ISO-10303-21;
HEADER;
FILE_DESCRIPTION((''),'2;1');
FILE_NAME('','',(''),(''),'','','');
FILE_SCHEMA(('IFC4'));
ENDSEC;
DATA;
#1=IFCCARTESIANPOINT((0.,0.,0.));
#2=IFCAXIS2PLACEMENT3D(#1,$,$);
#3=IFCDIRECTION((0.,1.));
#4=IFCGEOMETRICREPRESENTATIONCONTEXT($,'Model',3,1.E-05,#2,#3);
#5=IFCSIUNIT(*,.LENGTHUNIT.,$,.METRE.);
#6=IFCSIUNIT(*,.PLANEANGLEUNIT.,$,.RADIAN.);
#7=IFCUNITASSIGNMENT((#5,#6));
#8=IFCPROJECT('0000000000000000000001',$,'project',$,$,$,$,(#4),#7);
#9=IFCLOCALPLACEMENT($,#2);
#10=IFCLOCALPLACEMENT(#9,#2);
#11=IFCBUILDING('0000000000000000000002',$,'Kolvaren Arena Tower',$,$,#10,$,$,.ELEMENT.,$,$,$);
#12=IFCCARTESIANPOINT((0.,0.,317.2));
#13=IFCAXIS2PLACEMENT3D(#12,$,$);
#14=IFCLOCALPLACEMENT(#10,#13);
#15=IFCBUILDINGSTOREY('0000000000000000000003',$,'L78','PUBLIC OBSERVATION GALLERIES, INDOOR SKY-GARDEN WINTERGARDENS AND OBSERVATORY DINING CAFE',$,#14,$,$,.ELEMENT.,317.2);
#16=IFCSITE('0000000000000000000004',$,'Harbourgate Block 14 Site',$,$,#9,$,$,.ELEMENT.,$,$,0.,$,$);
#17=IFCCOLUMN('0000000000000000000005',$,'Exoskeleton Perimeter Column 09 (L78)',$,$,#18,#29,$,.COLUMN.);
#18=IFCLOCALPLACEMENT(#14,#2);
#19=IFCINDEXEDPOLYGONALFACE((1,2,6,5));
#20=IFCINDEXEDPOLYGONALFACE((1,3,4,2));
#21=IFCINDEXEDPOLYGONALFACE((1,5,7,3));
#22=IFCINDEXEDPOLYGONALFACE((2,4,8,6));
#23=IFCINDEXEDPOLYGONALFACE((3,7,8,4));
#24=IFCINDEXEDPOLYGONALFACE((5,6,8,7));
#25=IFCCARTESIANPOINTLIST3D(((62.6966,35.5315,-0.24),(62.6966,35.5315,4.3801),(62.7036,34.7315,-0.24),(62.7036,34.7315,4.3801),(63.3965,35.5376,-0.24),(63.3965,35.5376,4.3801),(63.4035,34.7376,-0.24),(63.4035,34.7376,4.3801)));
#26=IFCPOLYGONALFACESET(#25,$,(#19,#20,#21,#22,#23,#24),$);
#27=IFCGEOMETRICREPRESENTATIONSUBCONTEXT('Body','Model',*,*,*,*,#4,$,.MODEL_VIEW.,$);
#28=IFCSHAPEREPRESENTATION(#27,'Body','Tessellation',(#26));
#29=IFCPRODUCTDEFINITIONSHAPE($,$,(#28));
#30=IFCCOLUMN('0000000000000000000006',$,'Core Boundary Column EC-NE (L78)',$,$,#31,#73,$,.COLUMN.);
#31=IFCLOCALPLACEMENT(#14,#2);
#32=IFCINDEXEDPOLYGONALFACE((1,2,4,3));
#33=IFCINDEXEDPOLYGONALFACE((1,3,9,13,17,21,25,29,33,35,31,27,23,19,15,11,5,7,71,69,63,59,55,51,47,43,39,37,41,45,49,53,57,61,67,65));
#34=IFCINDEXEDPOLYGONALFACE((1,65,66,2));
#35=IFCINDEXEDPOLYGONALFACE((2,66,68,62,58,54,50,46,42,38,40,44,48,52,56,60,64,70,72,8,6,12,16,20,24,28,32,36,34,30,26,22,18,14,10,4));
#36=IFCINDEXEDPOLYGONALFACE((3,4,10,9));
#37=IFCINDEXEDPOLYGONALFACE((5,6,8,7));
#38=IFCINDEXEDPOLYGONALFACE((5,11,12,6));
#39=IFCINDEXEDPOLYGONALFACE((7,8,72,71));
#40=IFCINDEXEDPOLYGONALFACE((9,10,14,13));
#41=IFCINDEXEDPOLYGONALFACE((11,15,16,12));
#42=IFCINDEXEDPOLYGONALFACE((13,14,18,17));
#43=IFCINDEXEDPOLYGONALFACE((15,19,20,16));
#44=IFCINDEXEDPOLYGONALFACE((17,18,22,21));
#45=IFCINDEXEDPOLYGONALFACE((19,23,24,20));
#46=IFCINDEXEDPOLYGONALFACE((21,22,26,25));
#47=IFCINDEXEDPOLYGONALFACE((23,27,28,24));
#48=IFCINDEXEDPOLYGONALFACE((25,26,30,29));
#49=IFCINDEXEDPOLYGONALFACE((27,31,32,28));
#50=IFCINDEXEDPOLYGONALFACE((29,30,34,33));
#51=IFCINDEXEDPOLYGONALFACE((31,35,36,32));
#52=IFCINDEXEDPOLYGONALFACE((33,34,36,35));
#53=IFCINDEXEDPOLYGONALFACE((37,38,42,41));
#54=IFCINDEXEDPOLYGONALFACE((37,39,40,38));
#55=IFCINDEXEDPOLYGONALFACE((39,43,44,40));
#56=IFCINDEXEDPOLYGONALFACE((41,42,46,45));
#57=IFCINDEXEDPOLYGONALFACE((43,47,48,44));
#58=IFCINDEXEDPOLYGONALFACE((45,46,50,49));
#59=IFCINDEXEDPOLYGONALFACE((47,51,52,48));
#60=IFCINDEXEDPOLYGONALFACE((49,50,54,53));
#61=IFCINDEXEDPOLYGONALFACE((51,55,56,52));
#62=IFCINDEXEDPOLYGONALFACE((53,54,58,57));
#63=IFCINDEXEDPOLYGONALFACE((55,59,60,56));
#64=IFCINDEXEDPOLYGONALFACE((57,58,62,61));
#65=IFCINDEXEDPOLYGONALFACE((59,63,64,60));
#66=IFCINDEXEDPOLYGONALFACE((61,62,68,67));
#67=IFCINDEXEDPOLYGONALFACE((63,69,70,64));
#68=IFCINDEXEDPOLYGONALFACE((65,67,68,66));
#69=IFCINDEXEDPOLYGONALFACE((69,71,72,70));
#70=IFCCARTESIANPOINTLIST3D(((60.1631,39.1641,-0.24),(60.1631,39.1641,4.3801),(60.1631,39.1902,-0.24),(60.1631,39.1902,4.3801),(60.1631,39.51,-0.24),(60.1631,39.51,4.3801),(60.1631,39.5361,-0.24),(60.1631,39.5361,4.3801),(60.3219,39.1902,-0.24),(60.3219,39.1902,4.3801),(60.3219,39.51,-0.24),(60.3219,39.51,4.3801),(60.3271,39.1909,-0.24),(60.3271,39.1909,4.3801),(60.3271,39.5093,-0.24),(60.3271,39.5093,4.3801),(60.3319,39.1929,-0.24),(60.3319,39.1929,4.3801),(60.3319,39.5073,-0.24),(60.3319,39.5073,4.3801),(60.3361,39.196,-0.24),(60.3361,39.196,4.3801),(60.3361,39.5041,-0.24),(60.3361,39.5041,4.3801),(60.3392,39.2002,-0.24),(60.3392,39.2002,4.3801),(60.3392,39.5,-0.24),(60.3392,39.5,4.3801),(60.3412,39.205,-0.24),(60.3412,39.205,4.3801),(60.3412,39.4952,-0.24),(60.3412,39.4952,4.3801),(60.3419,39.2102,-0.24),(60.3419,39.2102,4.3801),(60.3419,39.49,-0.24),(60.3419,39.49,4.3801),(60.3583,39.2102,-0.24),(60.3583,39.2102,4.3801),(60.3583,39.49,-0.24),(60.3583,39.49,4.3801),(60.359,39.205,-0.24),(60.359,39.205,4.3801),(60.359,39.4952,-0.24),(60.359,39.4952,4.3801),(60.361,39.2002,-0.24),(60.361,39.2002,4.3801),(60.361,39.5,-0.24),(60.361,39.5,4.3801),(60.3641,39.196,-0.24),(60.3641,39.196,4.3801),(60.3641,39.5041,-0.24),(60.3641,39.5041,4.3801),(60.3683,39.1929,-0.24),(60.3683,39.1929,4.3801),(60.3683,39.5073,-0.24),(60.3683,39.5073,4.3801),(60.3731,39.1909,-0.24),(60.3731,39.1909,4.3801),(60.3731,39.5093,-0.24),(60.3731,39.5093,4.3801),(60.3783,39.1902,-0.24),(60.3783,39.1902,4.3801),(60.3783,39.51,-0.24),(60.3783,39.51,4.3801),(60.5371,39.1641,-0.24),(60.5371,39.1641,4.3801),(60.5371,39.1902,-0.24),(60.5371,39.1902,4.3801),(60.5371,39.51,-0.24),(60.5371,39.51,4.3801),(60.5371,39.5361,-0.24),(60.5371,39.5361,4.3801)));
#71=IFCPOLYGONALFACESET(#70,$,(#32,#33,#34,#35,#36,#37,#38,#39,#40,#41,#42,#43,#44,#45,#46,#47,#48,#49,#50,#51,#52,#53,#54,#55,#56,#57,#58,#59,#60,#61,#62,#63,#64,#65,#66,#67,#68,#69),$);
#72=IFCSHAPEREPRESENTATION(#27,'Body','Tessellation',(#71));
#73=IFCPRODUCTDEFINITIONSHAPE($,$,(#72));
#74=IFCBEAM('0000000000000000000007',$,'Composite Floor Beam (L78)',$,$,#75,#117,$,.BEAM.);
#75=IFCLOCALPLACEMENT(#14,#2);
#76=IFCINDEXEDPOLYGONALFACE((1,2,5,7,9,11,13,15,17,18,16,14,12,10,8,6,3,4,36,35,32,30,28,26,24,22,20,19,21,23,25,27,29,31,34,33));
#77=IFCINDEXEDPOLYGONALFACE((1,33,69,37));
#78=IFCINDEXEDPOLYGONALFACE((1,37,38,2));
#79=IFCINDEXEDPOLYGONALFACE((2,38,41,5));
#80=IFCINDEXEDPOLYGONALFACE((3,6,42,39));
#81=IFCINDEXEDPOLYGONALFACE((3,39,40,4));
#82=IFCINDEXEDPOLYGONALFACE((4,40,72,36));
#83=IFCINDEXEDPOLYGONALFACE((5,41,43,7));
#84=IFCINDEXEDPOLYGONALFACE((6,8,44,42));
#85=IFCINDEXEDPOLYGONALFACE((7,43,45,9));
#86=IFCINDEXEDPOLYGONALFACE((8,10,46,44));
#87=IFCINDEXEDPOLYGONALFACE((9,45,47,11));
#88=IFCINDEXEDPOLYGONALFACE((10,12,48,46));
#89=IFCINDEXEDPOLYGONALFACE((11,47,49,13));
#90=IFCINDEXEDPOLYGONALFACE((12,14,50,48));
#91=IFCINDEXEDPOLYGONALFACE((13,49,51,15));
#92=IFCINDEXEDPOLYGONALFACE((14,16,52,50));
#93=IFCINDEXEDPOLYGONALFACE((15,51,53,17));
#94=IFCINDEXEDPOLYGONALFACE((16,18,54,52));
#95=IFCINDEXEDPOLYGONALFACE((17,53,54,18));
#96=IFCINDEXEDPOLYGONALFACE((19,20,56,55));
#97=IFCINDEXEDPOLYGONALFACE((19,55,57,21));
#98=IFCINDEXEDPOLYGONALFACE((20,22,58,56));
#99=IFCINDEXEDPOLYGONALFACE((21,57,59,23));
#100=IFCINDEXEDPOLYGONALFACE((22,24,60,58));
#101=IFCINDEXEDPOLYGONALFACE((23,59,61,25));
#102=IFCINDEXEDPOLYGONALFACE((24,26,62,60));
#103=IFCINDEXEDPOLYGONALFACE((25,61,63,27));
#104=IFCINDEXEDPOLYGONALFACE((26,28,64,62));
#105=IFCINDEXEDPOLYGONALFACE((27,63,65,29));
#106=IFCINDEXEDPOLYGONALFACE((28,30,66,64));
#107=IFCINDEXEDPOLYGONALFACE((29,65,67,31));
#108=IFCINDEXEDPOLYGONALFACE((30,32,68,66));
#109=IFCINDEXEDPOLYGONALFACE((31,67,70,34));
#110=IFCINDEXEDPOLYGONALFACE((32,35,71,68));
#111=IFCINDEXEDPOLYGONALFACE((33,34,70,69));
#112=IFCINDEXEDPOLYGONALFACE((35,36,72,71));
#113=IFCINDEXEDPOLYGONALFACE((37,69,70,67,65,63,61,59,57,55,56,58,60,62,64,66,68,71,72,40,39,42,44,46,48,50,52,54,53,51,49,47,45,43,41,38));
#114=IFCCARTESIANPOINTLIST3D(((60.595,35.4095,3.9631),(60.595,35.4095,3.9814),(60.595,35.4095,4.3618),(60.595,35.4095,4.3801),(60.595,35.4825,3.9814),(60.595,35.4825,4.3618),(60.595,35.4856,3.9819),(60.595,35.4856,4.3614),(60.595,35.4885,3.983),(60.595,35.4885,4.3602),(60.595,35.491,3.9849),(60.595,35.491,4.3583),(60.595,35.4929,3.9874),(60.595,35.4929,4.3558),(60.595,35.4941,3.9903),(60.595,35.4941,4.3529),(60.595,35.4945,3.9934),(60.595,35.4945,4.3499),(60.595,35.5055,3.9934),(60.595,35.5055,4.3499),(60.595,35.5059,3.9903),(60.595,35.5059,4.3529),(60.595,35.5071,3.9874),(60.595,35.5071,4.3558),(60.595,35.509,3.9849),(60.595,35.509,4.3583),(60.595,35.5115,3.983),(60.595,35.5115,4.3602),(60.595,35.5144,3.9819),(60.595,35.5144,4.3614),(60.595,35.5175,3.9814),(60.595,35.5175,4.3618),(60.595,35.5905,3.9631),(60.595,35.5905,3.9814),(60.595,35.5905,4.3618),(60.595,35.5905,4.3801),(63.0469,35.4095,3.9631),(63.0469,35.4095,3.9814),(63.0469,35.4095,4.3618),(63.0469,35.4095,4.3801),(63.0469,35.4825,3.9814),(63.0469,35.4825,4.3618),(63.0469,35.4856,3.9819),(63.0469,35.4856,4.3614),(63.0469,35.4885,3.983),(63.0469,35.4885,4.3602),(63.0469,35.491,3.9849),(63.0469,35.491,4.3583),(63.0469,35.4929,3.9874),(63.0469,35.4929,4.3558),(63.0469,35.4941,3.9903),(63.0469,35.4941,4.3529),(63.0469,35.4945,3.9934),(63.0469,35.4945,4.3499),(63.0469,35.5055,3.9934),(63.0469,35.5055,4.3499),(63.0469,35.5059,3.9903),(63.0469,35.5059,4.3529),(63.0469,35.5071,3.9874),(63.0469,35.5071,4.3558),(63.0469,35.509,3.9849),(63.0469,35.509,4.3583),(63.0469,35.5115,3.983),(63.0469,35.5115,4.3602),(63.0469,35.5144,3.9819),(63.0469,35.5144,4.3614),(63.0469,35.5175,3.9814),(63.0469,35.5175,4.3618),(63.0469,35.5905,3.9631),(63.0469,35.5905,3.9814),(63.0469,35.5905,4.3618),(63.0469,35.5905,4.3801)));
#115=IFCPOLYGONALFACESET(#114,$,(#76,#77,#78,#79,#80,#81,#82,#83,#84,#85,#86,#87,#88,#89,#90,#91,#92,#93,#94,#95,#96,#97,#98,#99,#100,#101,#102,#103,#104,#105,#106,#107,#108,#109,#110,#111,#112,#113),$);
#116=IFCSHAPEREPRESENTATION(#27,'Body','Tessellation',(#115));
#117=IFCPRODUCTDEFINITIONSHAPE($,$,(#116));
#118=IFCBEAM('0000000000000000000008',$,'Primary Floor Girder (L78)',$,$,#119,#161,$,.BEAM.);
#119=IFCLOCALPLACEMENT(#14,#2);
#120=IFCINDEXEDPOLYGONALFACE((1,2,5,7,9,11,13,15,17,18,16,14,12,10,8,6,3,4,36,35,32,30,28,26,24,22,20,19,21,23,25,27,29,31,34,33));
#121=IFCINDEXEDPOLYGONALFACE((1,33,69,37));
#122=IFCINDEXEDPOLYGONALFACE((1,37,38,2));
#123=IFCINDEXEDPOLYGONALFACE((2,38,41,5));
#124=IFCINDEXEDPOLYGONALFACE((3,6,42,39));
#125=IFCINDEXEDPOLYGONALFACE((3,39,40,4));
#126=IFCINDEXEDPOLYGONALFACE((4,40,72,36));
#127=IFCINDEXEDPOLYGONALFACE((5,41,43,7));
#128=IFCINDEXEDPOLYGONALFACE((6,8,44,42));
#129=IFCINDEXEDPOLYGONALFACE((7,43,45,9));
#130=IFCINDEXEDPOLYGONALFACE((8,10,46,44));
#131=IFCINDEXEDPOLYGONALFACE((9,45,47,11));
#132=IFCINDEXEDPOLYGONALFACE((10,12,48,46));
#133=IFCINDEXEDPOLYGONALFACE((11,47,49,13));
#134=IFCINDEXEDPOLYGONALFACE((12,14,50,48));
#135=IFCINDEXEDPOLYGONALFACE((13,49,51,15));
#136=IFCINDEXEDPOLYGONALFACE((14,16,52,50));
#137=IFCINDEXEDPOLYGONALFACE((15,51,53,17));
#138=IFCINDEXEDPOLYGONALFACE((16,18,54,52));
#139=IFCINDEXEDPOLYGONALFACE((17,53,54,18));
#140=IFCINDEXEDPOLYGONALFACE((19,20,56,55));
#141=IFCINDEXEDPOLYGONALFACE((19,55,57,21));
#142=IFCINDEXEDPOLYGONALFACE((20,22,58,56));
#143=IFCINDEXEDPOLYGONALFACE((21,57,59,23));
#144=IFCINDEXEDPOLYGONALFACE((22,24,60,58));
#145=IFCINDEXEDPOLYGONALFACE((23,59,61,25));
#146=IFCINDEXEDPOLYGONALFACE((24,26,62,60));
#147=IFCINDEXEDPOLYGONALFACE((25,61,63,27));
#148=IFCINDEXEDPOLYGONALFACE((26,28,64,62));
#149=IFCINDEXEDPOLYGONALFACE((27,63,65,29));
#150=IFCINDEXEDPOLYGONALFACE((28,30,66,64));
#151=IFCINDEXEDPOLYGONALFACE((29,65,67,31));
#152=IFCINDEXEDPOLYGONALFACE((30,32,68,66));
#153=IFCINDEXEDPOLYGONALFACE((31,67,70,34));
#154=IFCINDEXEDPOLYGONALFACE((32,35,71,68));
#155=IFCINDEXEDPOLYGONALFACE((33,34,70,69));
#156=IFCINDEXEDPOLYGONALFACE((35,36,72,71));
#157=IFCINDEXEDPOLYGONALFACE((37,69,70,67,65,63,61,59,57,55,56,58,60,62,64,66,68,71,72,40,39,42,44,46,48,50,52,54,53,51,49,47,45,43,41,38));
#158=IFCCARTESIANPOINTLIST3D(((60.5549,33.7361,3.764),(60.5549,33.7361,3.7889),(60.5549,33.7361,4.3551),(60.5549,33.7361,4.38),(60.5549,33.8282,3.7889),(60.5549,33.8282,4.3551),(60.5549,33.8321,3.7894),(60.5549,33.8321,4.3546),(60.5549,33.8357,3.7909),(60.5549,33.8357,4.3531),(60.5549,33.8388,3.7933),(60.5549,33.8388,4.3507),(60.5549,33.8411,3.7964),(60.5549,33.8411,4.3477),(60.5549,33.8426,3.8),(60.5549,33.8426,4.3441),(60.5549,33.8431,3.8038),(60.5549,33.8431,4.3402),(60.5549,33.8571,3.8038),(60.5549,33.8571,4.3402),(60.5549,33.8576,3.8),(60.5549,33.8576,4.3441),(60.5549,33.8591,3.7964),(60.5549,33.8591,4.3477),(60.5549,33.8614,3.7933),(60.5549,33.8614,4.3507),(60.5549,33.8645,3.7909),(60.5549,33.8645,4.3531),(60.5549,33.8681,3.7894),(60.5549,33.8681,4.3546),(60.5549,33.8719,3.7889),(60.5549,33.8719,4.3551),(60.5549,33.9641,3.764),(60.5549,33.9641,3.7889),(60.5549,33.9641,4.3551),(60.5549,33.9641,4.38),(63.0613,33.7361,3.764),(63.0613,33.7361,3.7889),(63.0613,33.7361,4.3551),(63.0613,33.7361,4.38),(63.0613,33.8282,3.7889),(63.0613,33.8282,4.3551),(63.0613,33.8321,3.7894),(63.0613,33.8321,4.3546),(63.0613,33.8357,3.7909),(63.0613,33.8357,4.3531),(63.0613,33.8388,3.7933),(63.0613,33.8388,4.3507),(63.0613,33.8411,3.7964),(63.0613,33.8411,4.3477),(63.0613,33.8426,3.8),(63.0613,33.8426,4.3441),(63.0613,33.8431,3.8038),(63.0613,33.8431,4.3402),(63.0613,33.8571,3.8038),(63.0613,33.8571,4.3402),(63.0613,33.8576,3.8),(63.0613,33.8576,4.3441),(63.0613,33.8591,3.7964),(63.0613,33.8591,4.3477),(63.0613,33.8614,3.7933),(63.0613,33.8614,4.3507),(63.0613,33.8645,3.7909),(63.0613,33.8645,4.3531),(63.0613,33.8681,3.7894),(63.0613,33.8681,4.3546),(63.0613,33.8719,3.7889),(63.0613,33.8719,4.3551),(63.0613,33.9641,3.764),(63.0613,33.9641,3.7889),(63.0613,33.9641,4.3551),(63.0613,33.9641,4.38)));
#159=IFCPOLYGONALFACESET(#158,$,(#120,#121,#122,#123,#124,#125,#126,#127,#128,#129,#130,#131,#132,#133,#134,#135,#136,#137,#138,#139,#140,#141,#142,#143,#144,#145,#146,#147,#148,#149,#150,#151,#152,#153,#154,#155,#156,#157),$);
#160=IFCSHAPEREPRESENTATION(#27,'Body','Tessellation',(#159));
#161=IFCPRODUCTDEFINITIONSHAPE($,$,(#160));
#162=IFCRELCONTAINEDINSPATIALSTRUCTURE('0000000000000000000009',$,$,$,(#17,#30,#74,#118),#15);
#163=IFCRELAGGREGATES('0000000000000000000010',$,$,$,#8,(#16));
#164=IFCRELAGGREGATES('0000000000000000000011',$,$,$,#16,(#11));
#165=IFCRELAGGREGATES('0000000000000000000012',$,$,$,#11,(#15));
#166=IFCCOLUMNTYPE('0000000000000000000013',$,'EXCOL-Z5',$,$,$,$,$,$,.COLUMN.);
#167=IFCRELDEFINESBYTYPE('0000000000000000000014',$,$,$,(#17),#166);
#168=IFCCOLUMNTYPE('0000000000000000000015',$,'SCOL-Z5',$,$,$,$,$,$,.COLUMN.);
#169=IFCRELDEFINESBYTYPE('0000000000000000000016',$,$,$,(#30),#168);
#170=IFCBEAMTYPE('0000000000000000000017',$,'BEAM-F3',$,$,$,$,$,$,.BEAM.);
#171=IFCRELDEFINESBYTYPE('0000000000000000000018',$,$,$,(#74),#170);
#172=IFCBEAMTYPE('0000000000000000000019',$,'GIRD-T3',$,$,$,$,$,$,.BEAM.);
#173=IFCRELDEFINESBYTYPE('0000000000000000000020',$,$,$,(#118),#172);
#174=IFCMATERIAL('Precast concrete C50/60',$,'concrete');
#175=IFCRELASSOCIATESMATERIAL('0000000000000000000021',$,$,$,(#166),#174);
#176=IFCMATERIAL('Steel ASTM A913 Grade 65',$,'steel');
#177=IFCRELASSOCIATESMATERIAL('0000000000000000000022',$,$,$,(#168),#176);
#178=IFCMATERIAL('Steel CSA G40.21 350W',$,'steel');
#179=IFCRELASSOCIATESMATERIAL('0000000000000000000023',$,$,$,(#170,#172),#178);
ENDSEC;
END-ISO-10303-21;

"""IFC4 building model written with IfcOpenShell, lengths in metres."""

from ifc_helpers import new_model, si_unit, direction, frame, origin, origin_2d, place, context, subcontext, project, spatial, rectangle, i_section, extrude, material, material_profile, profile_set, type_object, element, save


model = new_model("IFC4")

# Units and contexts
model_context = context("Model", 3, precision=1e-05, world=origin(), true_north=direction((0.0, 1.0)))
body_context = subcontext(model_context, "Body", "Model", "MODEL_VIEW")
ifc_project = project(units=[si_unit("LENGTHUNIT", "METRE"), si_unit("PLANEANGLEUNIT", "RADIAN")], contexts=[model_context])

# Site, building, storey
site_placement = place(None, origin())
site = spatial("IfcSite", under=ifc_project, at=site_placement, Name="Harbourgate Block 14 Site", CompositionType="ELEMENT", RefElevation=0.0)
building_placement = place(site_placement, origin())
building = spatial("IfcBuilding", under=site, at=building_placement, Name="Kolvaren Arena Tower", CompositionType="ELEMENT")
storey_placement = place(building_placement, frame((0.0, 0.0, 317.2)))
storey = spatial("IfcBuildingStorey", under=building, at=storey_placement, Name="L78", Description="PUBLIC OBSERVATION GALLERIES, INDOOR SKY-GARDEN WINTERGARDENS AND OBSERVATORY DINING CAFE", CompositionType="ELEMENT", Elevation=317.2)

# Columns
ifc_material_1 = material(Name="Precast concrete C50/60", Category="concrete")
ifc_material_profile_1 = material_profile(ifc_material_1, rectangle(XDim=0.8, YDim=0.7, at=origin_2d()), Name="RC-800x700")
ifc_profile_set_1 = profile_set([ifc_material_profile_1], Name="Precast concrete C50/60")
column_type_1 = type_object("IfcColumnType", Name="EXCOL-Z5", PredefinedType="COLUMN", material=ifc_profile_set_1)
column_1_placement = place(storey_placement, frame((63.05, 35.1345, -0.24), z_axis=(0.0, 0.0, 1.0), x_axis=(-0.008727, 0.999962, 0.0)))
element("IfcColumn", 1, at=column_1_placement, inside=storey, type_object=column_type_1, Name="Exoskeleton Perimeter Column 09 (L78)", PredefinedType="COLUMN", context=body_context, shape_type="SweptSolid", body=[
    extrude(rectangle(XDim=0.8, YDim=0.7, at=origin_2d()), origin(), (0.0, 0.0, 1.0), 4.6201),
])
ifc_material_2 = material(Name="Steel ASTM A913 Grade 65", Category="steel")
ifc_material_profile_2 = material_profile(ifc_material_2, i_section(OverallWidth=0.374, OverallDepth=0.3721, WebThickness=0.0164, FlangeThickness=0.0261, FilletRadius=0.02, at=origin_2d()), Name="W360x196")
ifc_profile_set_2 = profile_set([ifc_material_profile_2], Name="Steel ASTM A913 Grade 65")
column_type_2 = type_object("IfcColumnType", Name="SCOL-Z5", PredefinedType="COLUMN", material=ifc_profile_set_2)
column_2_placement = place(storey_placement, frame((60.3501, 39.3501, -0.24), z_axis=(0.0, 0.0, 1.0), x_axis=(1.0, 0.0, 0.0)))
element("IfcColumn", 2, at=column_2_placement, inside=storey, type_object=column_type_2, Name="Core Boundary Column EC-NE (L78)", PredefinedType="COLUMN", context=body_context, shape_type="SweptSolid", body=[
    extrude(i_section(OverallWidth=0.374, OverallDepth=0.3721, WebThickness=0.0164, FlangeThickness=0.0261, FilletRadius=0.02, at=origin_2d()), origin(), (0.0, 0.0, 1.0), 4.6201),
])

# Beams
ifc_material_3 = material(Name="Steel CSA G40.21 350W", Category="steel")
ifc_material_profile_3 = material_profile(ifc_material_3, i_section(OverallWidth=0.1809, OverallDepth=0.417, WebThickness=0.011, FlangeThickness=0.0183, FilletRadius=0.012, at=origin_2d()), Name="W410x85")
ifc_profile_set_3 = profile_set([ifc_material_profile_3], Name="Steel CSA G40.21 350W")
beam_type_1 = type_object("IfcBeamType", Name="BEAM-F3", PredefinedType="BEAM", material=ifc_profile_set_3)
beam_1_placement = place(storey_placement, frame((60.595, 35.5, 4.1716), z_axis=(1.0, 0.0, 0.0), x_axis=(0.0, 1.0, 0.0)))
element("IfcBeam", 3, at=beam_1_placement, inside=storey, type_object=beam_type_1, Name="Composite Floor Beam (L78)", PredefinedType="BEAM", context=body_context, shape_type="SweptSolid", body=[
    extrude(i_section(OverallWidth=0.1809, OverallDepth=0.417, WebThickness=0.011, FlangeThickness=0.0183, FilletRadius=0.012, at=origin_2d()), origin(), (0.0, 0.0, 1.0), 2.4519),
])
ifc_material_profile_4 = material_profile(ifc_material_3, i_section(OverallWidth=0.228, OverallDepth=0.616, WebThickness=0.0139, FlangeThickness=0.0249, FilletRadius=0.0149, at=origin_2d()), Name="W610x174")
ifc_profile_set_4 = profile_set([ifc_material_profile_4], Name="Steel CSA G40.21 350W")
beam_type_2 = type_object("IfcBeamType", Name="GIRD-T3", PredefinedType="BEAM", material=ifc_profile_set_4)
beam_2_placement = place(storey_placement, frame((60.5549, 33.8501, 4.072), z_axis=(1.0, 0.0, 0.0), x_axis=(0.0, 1.0, 0.0)))
element("IfcBeam", 4, at=beam_2_placement, inside=storey, type_object=beam_type_2, Name="Primary Floor Girder (L78)", PredefinedType="BEAM", context=body_context, shape_type="SweptSolid", body=[
    extrude(i_section(OverallWidth=0.228, OverallDepth=0.616, WebThickness=0.0139, FlangeThickness=0.0249, FilletRadius=0.0149, at=origin_2d()), origin(), (0.0, 0.0, 1.0), 2.5063),
])

save(model, "model.ifc")
